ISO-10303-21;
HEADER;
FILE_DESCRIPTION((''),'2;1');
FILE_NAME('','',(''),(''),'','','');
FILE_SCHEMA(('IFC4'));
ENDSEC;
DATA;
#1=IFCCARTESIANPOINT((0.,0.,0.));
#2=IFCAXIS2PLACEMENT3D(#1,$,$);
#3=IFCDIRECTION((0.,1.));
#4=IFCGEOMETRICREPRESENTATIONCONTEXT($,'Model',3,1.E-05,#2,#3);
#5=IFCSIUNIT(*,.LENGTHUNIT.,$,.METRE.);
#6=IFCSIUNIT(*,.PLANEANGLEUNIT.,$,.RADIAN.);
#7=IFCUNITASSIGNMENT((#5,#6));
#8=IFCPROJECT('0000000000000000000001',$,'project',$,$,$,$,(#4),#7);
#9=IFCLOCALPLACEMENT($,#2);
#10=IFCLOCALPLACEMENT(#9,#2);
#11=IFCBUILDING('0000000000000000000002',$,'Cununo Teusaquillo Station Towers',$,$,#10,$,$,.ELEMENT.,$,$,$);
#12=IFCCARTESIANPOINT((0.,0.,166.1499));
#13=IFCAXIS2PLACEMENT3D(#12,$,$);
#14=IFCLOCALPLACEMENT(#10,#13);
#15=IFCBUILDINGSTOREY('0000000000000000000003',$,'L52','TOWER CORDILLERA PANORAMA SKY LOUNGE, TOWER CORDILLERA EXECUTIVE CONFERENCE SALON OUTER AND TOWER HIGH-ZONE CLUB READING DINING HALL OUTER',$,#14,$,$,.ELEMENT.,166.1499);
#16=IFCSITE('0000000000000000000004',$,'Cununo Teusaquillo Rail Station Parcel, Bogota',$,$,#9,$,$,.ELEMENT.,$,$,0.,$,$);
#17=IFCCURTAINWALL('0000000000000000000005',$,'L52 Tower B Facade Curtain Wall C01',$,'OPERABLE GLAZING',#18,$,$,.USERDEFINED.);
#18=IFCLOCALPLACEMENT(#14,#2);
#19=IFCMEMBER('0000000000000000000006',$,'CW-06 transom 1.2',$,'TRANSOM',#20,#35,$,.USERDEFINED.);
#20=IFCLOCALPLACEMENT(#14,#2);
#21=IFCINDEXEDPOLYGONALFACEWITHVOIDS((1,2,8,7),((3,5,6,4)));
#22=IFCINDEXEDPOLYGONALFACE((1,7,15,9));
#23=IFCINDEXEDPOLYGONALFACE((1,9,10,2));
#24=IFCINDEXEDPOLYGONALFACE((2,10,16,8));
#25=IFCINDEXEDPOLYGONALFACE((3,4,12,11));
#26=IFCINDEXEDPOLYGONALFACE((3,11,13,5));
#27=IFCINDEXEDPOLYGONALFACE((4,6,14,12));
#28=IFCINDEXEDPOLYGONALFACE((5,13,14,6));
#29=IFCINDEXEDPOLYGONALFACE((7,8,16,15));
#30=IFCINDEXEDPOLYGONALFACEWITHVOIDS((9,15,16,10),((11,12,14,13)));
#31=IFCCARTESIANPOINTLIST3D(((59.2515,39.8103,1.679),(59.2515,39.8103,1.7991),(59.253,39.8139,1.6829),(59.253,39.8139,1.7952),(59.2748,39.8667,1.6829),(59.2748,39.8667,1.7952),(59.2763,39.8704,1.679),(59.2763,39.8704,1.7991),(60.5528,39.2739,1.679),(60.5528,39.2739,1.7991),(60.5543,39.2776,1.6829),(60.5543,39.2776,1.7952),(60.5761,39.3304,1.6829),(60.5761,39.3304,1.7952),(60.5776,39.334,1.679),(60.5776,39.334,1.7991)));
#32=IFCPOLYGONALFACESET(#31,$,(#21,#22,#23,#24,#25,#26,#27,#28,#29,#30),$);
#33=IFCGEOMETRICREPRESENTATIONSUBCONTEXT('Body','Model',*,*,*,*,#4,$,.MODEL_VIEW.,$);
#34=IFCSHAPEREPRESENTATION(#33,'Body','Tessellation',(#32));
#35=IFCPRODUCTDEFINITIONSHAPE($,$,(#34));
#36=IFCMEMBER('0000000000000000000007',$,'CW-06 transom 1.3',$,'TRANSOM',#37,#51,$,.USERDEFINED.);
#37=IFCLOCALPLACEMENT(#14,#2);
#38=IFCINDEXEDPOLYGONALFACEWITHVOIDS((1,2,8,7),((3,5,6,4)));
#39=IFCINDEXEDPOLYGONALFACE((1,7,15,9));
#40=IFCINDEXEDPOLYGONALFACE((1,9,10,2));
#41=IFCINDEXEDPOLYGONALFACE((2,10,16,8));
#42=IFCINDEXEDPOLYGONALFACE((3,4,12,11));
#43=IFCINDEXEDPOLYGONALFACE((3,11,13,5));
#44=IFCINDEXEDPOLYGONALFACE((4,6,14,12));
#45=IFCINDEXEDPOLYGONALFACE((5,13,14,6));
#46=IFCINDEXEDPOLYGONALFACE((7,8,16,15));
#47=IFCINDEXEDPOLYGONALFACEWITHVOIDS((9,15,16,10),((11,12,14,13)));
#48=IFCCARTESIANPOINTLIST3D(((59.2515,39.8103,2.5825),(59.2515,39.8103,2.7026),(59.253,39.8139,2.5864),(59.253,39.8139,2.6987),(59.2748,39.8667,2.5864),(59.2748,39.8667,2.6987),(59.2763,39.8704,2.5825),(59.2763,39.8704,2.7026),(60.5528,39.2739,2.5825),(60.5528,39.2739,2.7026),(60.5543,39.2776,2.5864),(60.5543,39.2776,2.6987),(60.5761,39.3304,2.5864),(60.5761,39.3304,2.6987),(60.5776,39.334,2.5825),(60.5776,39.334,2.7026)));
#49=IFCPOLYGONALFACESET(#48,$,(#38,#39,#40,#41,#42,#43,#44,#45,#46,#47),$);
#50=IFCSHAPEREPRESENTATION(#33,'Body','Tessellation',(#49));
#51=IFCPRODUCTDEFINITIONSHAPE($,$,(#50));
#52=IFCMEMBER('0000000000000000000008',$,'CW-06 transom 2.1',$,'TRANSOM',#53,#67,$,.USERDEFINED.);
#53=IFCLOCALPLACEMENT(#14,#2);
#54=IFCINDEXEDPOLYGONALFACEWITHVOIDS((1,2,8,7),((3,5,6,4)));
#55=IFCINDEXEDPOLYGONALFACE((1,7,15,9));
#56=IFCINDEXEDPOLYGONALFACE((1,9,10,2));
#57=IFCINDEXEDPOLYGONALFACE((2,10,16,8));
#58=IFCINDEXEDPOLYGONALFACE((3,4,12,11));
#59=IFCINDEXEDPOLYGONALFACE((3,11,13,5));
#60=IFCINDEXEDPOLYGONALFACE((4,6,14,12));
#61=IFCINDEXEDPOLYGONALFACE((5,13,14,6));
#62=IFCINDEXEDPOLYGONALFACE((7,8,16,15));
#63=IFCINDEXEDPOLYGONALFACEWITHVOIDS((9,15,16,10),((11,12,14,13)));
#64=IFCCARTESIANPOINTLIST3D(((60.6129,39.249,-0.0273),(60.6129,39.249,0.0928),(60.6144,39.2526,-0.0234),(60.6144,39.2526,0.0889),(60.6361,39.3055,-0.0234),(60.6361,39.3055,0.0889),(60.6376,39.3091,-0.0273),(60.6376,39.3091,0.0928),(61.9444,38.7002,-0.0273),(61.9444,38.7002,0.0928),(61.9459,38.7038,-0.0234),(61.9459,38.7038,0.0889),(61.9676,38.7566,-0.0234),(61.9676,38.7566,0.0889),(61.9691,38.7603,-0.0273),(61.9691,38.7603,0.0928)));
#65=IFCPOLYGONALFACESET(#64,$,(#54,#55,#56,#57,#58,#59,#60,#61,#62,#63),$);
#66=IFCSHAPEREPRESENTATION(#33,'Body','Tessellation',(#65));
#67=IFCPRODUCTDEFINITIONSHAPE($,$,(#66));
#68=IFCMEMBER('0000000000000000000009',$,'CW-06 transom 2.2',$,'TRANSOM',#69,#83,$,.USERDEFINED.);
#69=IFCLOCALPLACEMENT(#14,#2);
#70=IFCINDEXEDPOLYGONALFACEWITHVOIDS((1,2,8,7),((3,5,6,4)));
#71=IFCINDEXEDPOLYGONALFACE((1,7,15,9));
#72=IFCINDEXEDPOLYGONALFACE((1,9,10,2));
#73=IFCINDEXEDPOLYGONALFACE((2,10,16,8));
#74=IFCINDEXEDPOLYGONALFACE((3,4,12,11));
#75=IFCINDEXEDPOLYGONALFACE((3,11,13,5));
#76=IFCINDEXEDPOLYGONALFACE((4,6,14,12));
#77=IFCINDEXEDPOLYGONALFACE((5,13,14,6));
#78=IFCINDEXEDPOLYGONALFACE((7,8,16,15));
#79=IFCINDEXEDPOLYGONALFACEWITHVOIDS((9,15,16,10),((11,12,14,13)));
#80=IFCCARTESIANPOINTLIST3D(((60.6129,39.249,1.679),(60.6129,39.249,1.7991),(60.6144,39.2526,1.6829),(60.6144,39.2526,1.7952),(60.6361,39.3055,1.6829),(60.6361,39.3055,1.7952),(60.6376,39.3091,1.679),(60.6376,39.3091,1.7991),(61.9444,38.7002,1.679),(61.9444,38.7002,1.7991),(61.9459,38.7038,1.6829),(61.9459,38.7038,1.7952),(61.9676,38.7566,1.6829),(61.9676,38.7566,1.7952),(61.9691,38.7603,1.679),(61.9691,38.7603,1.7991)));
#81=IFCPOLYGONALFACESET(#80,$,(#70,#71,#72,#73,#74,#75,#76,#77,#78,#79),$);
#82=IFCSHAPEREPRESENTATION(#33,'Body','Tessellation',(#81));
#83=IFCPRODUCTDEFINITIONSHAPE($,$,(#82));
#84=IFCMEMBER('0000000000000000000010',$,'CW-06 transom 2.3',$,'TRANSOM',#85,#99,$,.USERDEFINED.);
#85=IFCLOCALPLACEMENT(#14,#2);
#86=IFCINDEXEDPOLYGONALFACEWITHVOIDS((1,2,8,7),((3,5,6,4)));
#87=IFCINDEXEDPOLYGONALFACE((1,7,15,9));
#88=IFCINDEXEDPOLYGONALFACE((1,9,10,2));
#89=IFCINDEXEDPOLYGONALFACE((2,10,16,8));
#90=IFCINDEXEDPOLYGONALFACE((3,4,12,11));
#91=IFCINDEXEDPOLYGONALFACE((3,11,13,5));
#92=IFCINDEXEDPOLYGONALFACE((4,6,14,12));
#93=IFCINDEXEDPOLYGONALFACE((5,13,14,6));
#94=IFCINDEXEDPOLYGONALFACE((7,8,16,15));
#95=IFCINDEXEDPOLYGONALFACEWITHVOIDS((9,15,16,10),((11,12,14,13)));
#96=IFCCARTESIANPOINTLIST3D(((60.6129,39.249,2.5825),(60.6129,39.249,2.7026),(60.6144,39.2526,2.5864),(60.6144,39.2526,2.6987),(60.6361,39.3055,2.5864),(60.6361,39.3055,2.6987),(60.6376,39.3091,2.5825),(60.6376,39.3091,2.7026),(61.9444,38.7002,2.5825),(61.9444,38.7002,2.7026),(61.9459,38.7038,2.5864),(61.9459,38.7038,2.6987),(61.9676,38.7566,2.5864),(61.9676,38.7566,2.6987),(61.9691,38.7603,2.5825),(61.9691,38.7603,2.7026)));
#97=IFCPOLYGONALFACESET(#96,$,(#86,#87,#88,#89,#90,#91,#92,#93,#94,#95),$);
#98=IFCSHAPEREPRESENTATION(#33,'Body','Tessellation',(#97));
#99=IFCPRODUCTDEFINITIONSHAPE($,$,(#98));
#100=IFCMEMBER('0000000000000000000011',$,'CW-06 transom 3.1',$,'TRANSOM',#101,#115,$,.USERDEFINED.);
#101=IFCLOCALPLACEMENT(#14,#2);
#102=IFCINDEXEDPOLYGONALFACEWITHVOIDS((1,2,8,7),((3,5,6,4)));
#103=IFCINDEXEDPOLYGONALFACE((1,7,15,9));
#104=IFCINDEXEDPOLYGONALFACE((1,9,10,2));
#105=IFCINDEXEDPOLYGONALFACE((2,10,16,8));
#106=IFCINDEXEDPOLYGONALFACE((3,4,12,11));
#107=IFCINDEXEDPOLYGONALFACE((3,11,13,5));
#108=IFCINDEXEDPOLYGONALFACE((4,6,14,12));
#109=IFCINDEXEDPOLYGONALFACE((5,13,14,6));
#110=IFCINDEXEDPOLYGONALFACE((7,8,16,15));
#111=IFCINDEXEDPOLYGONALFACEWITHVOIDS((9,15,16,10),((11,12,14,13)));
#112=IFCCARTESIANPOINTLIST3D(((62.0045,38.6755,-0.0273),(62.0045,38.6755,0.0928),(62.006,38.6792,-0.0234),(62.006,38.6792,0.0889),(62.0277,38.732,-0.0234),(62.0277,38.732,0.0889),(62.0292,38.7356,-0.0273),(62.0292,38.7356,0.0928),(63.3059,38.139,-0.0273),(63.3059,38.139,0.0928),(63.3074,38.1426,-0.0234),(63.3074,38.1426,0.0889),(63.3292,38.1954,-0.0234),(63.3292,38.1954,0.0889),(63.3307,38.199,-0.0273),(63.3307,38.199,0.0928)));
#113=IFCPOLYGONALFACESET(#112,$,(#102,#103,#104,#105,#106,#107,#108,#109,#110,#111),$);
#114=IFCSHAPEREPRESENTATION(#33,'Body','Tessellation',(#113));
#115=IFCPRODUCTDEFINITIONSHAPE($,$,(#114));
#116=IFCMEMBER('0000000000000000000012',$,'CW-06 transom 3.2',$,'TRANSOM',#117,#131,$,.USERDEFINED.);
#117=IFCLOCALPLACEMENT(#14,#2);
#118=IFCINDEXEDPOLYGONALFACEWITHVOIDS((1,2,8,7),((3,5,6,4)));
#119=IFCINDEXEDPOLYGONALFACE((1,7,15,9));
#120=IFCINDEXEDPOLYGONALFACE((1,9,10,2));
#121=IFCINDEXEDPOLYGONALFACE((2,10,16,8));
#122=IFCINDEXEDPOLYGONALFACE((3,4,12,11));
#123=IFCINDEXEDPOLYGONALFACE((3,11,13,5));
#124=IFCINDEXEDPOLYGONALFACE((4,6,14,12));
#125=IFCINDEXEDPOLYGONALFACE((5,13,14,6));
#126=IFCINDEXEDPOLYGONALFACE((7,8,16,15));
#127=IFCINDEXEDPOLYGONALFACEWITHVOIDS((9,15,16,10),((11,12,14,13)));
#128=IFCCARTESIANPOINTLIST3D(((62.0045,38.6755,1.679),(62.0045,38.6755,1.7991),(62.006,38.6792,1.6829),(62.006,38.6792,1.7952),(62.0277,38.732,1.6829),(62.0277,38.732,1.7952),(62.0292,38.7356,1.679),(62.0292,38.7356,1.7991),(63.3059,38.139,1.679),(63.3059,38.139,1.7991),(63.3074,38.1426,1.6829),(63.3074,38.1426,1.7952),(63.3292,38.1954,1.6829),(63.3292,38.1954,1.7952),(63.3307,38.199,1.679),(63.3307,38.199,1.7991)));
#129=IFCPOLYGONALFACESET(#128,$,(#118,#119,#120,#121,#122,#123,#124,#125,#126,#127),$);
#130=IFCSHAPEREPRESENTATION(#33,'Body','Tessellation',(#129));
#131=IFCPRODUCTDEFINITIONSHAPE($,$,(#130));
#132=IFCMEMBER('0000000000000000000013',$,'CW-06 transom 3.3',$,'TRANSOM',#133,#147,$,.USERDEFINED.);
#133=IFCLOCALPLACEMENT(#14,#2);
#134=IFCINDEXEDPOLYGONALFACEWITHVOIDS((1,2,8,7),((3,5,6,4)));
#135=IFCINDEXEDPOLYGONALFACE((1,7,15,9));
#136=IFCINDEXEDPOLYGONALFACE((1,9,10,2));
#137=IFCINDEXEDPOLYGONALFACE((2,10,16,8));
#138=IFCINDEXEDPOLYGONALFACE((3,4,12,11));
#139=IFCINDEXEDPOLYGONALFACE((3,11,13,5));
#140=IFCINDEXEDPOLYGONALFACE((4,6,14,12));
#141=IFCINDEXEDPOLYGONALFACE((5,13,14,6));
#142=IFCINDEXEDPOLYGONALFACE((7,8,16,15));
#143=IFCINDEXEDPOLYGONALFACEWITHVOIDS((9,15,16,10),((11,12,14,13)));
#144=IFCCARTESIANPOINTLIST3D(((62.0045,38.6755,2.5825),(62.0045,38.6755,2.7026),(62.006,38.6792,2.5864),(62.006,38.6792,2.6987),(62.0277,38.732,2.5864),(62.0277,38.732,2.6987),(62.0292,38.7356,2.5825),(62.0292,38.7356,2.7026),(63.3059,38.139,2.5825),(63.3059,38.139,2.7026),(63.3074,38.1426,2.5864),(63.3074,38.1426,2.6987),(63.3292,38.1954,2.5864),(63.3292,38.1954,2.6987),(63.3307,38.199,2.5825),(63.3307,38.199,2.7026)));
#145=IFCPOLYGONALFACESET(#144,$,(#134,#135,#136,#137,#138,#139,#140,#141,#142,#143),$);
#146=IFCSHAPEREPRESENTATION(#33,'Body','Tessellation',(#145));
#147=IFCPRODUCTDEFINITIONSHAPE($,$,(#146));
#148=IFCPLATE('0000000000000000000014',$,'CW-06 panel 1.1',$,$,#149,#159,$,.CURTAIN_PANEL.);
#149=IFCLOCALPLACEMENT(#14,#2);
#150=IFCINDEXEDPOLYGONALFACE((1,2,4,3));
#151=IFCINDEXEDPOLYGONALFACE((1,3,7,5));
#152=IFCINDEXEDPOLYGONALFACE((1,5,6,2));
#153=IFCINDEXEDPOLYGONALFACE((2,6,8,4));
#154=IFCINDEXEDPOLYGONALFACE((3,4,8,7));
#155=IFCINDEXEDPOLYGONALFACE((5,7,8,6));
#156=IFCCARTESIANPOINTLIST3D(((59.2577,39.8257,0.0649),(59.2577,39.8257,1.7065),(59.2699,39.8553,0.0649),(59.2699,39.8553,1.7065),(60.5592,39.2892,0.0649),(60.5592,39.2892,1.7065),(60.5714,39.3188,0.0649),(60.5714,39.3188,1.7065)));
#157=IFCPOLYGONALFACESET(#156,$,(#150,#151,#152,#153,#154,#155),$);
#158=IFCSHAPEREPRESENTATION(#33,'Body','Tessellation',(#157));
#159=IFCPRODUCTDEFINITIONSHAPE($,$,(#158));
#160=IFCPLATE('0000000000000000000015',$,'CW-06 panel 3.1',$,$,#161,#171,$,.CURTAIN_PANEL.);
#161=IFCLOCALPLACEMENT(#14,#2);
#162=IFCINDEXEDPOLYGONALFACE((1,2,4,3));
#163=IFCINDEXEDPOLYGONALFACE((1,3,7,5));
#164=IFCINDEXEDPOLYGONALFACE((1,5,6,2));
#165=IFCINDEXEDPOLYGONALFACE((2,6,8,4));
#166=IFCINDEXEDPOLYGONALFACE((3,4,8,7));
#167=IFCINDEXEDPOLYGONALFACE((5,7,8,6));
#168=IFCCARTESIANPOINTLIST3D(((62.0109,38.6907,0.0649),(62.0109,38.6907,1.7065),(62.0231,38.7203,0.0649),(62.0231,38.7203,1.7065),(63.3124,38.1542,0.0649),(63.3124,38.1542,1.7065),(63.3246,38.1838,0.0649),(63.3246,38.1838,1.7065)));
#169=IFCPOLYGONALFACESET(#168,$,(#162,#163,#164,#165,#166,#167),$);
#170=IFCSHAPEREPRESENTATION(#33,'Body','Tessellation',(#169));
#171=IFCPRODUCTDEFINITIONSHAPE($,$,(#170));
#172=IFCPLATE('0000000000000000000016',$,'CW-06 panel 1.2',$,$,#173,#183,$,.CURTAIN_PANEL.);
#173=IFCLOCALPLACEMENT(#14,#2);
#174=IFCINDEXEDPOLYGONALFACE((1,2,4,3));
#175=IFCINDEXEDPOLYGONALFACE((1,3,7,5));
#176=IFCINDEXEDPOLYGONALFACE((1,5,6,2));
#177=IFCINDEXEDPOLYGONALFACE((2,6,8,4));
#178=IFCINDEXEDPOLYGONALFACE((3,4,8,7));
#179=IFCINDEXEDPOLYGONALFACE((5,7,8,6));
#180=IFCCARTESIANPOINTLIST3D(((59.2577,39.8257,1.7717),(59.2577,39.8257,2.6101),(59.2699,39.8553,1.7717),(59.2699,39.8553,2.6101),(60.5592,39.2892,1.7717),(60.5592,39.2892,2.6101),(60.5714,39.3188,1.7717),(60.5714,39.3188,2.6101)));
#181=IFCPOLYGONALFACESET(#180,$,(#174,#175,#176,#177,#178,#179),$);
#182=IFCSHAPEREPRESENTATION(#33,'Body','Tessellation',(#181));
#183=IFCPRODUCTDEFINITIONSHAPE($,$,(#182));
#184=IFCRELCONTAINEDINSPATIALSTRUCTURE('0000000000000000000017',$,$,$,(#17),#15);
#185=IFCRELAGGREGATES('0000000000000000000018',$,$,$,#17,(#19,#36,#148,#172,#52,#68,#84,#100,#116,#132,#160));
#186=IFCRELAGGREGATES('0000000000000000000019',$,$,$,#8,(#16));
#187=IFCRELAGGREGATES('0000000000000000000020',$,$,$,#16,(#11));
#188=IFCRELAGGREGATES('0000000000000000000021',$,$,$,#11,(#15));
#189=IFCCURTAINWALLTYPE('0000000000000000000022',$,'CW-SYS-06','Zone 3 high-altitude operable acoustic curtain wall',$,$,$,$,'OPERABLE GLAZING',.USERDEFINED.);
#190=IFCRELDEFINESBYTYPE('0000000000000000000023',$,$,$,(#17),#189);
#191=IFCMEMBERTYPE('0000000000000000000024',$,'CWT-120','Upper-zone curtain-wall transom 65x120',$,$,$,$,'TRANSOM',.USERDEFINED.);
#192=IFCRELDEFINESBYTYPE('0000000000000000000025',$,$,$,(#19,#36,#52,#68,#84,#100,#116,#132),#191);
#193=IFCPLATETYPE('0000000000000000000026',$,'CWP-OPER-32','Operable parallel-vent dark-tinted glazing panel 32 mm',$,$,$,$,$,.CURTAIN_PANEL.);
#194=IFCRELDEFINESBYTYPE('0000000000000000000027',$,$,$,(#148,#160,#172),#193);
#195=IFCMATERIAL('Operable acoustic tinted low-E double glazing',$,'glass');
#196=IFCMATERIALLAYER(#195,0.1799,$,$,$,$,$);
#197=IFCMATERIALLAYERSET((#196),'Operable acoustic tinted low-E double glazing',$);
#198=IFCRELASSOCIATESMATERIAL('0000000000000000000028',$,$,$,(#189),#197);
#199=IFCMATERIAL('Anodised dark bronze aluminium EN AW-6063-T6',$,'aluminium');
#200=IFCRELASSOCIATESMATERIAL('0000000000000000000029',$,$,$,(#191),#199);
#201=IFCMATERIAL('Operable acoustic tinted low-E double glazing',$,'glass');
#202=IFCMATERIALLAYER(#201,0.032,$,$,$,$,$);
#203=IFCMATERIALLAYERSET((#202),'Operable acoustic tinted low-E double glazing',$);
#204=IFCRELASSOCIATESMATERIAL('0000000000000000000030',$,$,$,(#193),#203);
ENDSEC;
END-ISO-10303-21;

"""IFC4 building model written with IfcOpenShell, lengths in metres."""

from ifc_helpers import new_model, si_unit, direction, frame, origin, origin_2d, place, context, subcontext, project, spatial, rectangle, hollow_rectangle, extrude, source, transform, mapped, material, layer, layer_set, material_profile, profile_set, type_object, element, aggregate, save


model = new_model("IFC4")

# Units and contexts
model_context = context("Model", 3, precision=1e-05, world=origin(), true_north=direction((0.0, 1.0)))
body_context = subcontext(model_context, "Body", "Model", "MODEL_VIEW")
ifc_project = project(units=[si_unit("LENGTHUNIT", "METRE"), si_unit("PLANEANGLEUNIT", "RADIAN")], contexts=[model_context])

# Site, building, storey
site_placement = place(None, origin())
site = spatial("IfcSite", under=ifc_project, at=site_placement, Name="Cununo Teusaquillo Rail Station Parcel, Bogota", CompositionType="ELEMENT", RefElevation=0.0)
building_placement = place(site_placement, origin())
building = spatial("IfcBuilding", under=site, at=building_placement, Name="Cununo Teusaquillo Station Towers", CompositionType="ELEMENT")
storey_placement = place(building_placement, frame((0.0, 0.0, 166.1499)))
storey = spatial("IfcBuildingStorey", under=building, at=storey_placement, Name="L52", Description="TOWER CORDILLERA PANORAMA SKY LOUNGE, TOWER CORDILLERA EXECUTIVE CONFERENCE SALON OUTER AND TOWER HIGH-ZONE CLUB READING DINING HALL OUTER", CompositionType="ELEMENT", Elevation=166.1499)

# Curtain wall, members, plates
ifc_material_1 = material(Name="Operable acoustic tinted low-E double glazing", Category="glass")
ifc_layer_1 = layer(ifc_material_1, 0.1799)
ifc_layer_set_1 = layer_set([ifc_layer_1], Name="Operable acoustic tinted low-E double glazing")
curtain_wall_type = type_object("IfcCurtainWallType", Name="CW-SYS-06", Description="Zone 3 high-altitude operable acoustic curtain wall", ElementType="OPERABLE GLAZING", PredefinedType="USERDEFINED", material=ifc_layer_set_1)
curtain_wall_placement = place(storey_placement, origin())
curtain_wall = element("IfcCurtainWall", 1, at=curtain_wall_placement, inside=storey, type_object=curtain_wall_type, Name="L52 Tower B Facade Curtain Wall C01", ObjectType="OPERABLE GLAZING", PredefinedType="USERDEFINED")
ifc_material_2 = material(Name="Anodised dark bronze aluminium EN AW-6063-T6", Category="aluminium")
ifc_material_profile_1 = material_profile(ifc_material_2, hollow_rectangle(XDim=0.0649, YDim=0.1201, WallThickness=0.0039, at=origin_2d()), Name="CW-TRAN-65x120")
ifc_profile_set_1 = profile_set([ifc_material_profile_1], Name="Anodised dark bronze aluminium EN AW-6063-T6")
member_type_1 = type_object("IfcMemberType", Name="CWT-120", Description="Upper-zone curtain-wall transom 65x120", ElementType="TRANSOM", PredefinedType="USERDEFINED", material=ifc_profile_set_1)
member_1_placement = place(storey_placement, frame((59.2639, 39.8403, 1.739), z_axis=(0.924538, -0.38109, 0.0), x_axis=(0.38109, 0.924538, 0.0)))
member_1 = element("IfcMember", 2, at=member_1_placement, type_object=member_type_1, Name="CW-06 transom 1.2", ObjectType="TRANSOM", PredefinedType="USERDEFINED", context=body_context, shape_type="SweptSolid", body=[
    extrude(hollow_rectangle(XDim=0.0649, YDim=0.1201, WallThickness=0.0039, at=origin_2d()), origin(), (0.0, 0.0, 1.0), 1.4075),
])
member_2_placement = place(storey_placement, frame((59.2639, 39.8403, 2.6426), z_axis=(0.924538, -0.38109, 0.0), x_axis=(0.38109, 0.924538, 0.0)))
member_2 = element("IfcMember", 3, at=member_2_placement, type_object=member_type_1, Name="CW-06 transom 1.3", ObjectType="TRANSOM", PredefinedType="USERDEFINED", context=body_context, shape_type="SweptSolid", body=[
    extrude(hollow_rectangle(XDim=0.0649, YDim=0.1201, WallThickness=0.0039, at=origin_2d()), origin(), (0.0, 0.0, 1.0), 1.4075),
])
member_3_placement = place(storey_placement, frame((60.6252, 39.2791, 0.0327), z_axis=(0.924545, -0.381074, 0.0), x_axis=(0.381074, 0.924545, 0.0)))
member_3 = element("IfcMember", 4, at=member_3_placement, type_object=member_type_1, Name="CW-06 transom 2.1", ObjectType="TRANSOM", PredefinedType="USERDEFINED", context=body_context, shape_type="SweptSolid", body=[
    extrude(hollow_rectangle(XDim=0.0649, YDim=0.1201, WallThickness=0.0039, at=origin_2d()), origin(), (0.0, 0.0, 1.0), 1.4402),
])
member_4_placement = place(storey_placement, frame((60.6252, 39.2791, 1.739), z_axis=(0.924545, -0.381074, 0.0), x_axis=(0.381074, 0.924545, 0.0)))
member_4 = element("IfcMember", 5, at=member_4_placement, type_object=member_type_1, Name="CW-06 transom 2.2", ObjectType="TRANSOM", PredefinedType="USERDEFINED", context=body_context, shape_type="SweptSolid", body=[
    extrude(hollow_rectangle(XDim=0.0649, YDim=0.1201, WallThickness=0.0039, at=origin_2d()), origin(), (0.0, 0.0, 1.0), 1.4402),
])
member_5_placement = place(storey_placement, frame((60.6252, 39.2791, 2.6426), z_axis=(0.924545, -0.381074, 0.0), x_axis=(0.381074, 0.924545, 0.0)))
member_5 = element("IfcMember", 6, at=member_5_placement, type_object=member_type_1, Name="CW-06 transom 2.3", ObjectType="TRANSOM", PredefinedType="USERDEFINED", context=body_context, shape_type="SweptSolid", body=[
    extrude(hollow_rectangle(XDim=0.0649, YDim=0.1201, WallThickness=0.0039, at=origin_2d()), origin(), (0.0, 0.0, 1.0), 1.4402),
])
member_6_placement = place(storey_placement, frame((62.0168, 38.7056, 0.0327), z_axis=(0.924502, -0.381177, 0.0), x_axis=(0.381177, 0.924502, 0.0)))
member_6 = element("IfcMember", 7, at=member_6_placement, type_object=member_type_1, Name="CW-06 transom 3.1", ObjectType="TRANSOM", PredefinedType="USERDEFINED", context=body_context, shape_type="SweptSolid", body=[
    extrude(hollow_rectangle(XDim=0.0649, YDim=0.1201, WallThickness=0.0039, at=origin_2d()), origin(), (0.0, 0.0, 1.0), 1.4077),
])
member_7_placement = place(storey_placement, frame((62.0168, 38.7056, 1.739), z_axis=(0.924502, -0.381177, 0.0), x_axis=(0.381177, 0.924502, 0.0)))
member_7 = element("IfcMember", 8, at=member_7_placement, type_object=member_type_1, Name="CW-06 transom 3.2", ObjectType="TRANSOM", PredefinedType="USERDEFINED", context=body_context, shape_type="SweptSolid", body=[
    extrude(hollow_rectangle(XDim=0.0649, YDim=0.1201, WallThickness=0.0039, at=origin_2d()), origin(), (0.0, 0.0, 1.0), 1.4077),
])
member_8_placement = place(storey_placement, frame((62.0168, 38.7056, 2.6426), z_axis=(0.924502, -0.381177, 0.0), x_axis=(0.381177, 0.924502, 0.0)))
member_8 = element("IfcMember", 9, at=member_8_placement, type_object=member_type_1, Name="CW-06 transom 3.3", ObjectType="TRANSOM", PredefinedType="USERDEFINED", context=body_context, shape_type="SweptSolid", body=[
    extrude(hollow_rectangle(XDim=0.0649, YDim=0.1201, WallThickness=0.0039, at=origin_2d()), origin(), (0.0, 0.0, 1.0), 1.4077),
])
ifc_material_3 = material(Name="Operable acoustic tinted low-E double glazing", Category="glass")
ifc_layer_2 = layer(ifc_material_3, 0.032)
ifc_layer_set_2 = layer_set([ifc_layer_2], Name="Operable acoustic tinted low-E double glazing")
plate_type = type_object("IfcPlateType", Name="CWP-OPER-32", Description="Operable parallel-vent dark-tinted glazing panel 32 mm", PredefinedType="CURTAIN_PANEL", material=ifc_layer_set_2)
shared_shape_1 = source(origin(), body_context, "Body", "SweptSolid", [
    extrude(rectangle(XDim=1.4077, YDim=0.032, at=origin_2d()), origin(), (0.0, 0.0, 1.0), 1.6416),
])
plate_1_placement = place(storey_placement, frame((59.9146, 39.5723, 0.0649), z_axis=(0.0, 0.0, 1.0), x_axis=(0.924525, -0.381122, 0.0)))
plate_1 = element("IfcPlate", 10, at=plate_1_placement, type_object=plate_type, Name="CW-06 panel 1.1", PredefinedType="CURTAIN_PANEL", context=body_context, shape_type="MappedRepresentation", body=[
    mapped(shared_shape_1, transform((0.0, 0.0, 0.0), x_axis=(1.0, 0.0, 0.0), y_axis=(0.0, 1.0, 0.0), z_axis=(0.0, 0.0, 1.0), scale=1.0)),
])
plate_2_placement = place(storey_placement, frame((62.6677, 38.4373, 0.0649), z_axis=(0.0, 0.0, 1.0), x_axis=(0.924525, -0.381122, 0.0)))
plate_2 = element("IfcPlate", 11, at=plate_2_placement, type_object=plate_type, Name="CW-06 panel 3.1", PredefinedType="CURTAIN_PANEL", context=body_context, shape_type="MappedRepresentation", body=[
    mapped(shared_shape_1, transform((0.0, 0.0, 0.0), x_axis=(1.0, 0.0, 0.0), y_axis=(0.0, 1.0, 0.0), z_axis=(0.0, 0.0, 1.0), scale=1.0)),
])
shared_shape_2 = source(origin(), body_context, "Body", "SweptSolid", [
    extrude(rectangle(XDim=1.4077, YDim=0.032, at=origin_2d()), origin(), (0.0, 0.0, 1.0), 0.8384),
])
plate_3_placement = place(storey_placement, frame((59.9146, 39.5723, 1.7717), z_axis=(0.0, 0.0, 1.0), x_axis=(0.924525, -0.381122, 0.0)))
plate_3 = element("IfcPlate", 12, at=plate_3_placement, type_object=plate_type, Name="CW-06 panel 1.2", PredefinedType="CURTAIN_PANEL", context=body_context, shape_type="MappedRepresentation", body=[
    mapped(shared_shape_2, transform((0.0, 0.0, 0.0), x_axis=(1.0, 0.0, 0.0), y_axis=(0.0, 1.0, 0.0), z_axis=(0.0, 0.0, 1.0), scale=1.0)),
])
aggregate(curtain_wall, [member_1, member_2, plate_1, plate_3, member_3, member_4, member_5, member_6, member_7, member_8, plate_2])

save(model, "model.ifc")
